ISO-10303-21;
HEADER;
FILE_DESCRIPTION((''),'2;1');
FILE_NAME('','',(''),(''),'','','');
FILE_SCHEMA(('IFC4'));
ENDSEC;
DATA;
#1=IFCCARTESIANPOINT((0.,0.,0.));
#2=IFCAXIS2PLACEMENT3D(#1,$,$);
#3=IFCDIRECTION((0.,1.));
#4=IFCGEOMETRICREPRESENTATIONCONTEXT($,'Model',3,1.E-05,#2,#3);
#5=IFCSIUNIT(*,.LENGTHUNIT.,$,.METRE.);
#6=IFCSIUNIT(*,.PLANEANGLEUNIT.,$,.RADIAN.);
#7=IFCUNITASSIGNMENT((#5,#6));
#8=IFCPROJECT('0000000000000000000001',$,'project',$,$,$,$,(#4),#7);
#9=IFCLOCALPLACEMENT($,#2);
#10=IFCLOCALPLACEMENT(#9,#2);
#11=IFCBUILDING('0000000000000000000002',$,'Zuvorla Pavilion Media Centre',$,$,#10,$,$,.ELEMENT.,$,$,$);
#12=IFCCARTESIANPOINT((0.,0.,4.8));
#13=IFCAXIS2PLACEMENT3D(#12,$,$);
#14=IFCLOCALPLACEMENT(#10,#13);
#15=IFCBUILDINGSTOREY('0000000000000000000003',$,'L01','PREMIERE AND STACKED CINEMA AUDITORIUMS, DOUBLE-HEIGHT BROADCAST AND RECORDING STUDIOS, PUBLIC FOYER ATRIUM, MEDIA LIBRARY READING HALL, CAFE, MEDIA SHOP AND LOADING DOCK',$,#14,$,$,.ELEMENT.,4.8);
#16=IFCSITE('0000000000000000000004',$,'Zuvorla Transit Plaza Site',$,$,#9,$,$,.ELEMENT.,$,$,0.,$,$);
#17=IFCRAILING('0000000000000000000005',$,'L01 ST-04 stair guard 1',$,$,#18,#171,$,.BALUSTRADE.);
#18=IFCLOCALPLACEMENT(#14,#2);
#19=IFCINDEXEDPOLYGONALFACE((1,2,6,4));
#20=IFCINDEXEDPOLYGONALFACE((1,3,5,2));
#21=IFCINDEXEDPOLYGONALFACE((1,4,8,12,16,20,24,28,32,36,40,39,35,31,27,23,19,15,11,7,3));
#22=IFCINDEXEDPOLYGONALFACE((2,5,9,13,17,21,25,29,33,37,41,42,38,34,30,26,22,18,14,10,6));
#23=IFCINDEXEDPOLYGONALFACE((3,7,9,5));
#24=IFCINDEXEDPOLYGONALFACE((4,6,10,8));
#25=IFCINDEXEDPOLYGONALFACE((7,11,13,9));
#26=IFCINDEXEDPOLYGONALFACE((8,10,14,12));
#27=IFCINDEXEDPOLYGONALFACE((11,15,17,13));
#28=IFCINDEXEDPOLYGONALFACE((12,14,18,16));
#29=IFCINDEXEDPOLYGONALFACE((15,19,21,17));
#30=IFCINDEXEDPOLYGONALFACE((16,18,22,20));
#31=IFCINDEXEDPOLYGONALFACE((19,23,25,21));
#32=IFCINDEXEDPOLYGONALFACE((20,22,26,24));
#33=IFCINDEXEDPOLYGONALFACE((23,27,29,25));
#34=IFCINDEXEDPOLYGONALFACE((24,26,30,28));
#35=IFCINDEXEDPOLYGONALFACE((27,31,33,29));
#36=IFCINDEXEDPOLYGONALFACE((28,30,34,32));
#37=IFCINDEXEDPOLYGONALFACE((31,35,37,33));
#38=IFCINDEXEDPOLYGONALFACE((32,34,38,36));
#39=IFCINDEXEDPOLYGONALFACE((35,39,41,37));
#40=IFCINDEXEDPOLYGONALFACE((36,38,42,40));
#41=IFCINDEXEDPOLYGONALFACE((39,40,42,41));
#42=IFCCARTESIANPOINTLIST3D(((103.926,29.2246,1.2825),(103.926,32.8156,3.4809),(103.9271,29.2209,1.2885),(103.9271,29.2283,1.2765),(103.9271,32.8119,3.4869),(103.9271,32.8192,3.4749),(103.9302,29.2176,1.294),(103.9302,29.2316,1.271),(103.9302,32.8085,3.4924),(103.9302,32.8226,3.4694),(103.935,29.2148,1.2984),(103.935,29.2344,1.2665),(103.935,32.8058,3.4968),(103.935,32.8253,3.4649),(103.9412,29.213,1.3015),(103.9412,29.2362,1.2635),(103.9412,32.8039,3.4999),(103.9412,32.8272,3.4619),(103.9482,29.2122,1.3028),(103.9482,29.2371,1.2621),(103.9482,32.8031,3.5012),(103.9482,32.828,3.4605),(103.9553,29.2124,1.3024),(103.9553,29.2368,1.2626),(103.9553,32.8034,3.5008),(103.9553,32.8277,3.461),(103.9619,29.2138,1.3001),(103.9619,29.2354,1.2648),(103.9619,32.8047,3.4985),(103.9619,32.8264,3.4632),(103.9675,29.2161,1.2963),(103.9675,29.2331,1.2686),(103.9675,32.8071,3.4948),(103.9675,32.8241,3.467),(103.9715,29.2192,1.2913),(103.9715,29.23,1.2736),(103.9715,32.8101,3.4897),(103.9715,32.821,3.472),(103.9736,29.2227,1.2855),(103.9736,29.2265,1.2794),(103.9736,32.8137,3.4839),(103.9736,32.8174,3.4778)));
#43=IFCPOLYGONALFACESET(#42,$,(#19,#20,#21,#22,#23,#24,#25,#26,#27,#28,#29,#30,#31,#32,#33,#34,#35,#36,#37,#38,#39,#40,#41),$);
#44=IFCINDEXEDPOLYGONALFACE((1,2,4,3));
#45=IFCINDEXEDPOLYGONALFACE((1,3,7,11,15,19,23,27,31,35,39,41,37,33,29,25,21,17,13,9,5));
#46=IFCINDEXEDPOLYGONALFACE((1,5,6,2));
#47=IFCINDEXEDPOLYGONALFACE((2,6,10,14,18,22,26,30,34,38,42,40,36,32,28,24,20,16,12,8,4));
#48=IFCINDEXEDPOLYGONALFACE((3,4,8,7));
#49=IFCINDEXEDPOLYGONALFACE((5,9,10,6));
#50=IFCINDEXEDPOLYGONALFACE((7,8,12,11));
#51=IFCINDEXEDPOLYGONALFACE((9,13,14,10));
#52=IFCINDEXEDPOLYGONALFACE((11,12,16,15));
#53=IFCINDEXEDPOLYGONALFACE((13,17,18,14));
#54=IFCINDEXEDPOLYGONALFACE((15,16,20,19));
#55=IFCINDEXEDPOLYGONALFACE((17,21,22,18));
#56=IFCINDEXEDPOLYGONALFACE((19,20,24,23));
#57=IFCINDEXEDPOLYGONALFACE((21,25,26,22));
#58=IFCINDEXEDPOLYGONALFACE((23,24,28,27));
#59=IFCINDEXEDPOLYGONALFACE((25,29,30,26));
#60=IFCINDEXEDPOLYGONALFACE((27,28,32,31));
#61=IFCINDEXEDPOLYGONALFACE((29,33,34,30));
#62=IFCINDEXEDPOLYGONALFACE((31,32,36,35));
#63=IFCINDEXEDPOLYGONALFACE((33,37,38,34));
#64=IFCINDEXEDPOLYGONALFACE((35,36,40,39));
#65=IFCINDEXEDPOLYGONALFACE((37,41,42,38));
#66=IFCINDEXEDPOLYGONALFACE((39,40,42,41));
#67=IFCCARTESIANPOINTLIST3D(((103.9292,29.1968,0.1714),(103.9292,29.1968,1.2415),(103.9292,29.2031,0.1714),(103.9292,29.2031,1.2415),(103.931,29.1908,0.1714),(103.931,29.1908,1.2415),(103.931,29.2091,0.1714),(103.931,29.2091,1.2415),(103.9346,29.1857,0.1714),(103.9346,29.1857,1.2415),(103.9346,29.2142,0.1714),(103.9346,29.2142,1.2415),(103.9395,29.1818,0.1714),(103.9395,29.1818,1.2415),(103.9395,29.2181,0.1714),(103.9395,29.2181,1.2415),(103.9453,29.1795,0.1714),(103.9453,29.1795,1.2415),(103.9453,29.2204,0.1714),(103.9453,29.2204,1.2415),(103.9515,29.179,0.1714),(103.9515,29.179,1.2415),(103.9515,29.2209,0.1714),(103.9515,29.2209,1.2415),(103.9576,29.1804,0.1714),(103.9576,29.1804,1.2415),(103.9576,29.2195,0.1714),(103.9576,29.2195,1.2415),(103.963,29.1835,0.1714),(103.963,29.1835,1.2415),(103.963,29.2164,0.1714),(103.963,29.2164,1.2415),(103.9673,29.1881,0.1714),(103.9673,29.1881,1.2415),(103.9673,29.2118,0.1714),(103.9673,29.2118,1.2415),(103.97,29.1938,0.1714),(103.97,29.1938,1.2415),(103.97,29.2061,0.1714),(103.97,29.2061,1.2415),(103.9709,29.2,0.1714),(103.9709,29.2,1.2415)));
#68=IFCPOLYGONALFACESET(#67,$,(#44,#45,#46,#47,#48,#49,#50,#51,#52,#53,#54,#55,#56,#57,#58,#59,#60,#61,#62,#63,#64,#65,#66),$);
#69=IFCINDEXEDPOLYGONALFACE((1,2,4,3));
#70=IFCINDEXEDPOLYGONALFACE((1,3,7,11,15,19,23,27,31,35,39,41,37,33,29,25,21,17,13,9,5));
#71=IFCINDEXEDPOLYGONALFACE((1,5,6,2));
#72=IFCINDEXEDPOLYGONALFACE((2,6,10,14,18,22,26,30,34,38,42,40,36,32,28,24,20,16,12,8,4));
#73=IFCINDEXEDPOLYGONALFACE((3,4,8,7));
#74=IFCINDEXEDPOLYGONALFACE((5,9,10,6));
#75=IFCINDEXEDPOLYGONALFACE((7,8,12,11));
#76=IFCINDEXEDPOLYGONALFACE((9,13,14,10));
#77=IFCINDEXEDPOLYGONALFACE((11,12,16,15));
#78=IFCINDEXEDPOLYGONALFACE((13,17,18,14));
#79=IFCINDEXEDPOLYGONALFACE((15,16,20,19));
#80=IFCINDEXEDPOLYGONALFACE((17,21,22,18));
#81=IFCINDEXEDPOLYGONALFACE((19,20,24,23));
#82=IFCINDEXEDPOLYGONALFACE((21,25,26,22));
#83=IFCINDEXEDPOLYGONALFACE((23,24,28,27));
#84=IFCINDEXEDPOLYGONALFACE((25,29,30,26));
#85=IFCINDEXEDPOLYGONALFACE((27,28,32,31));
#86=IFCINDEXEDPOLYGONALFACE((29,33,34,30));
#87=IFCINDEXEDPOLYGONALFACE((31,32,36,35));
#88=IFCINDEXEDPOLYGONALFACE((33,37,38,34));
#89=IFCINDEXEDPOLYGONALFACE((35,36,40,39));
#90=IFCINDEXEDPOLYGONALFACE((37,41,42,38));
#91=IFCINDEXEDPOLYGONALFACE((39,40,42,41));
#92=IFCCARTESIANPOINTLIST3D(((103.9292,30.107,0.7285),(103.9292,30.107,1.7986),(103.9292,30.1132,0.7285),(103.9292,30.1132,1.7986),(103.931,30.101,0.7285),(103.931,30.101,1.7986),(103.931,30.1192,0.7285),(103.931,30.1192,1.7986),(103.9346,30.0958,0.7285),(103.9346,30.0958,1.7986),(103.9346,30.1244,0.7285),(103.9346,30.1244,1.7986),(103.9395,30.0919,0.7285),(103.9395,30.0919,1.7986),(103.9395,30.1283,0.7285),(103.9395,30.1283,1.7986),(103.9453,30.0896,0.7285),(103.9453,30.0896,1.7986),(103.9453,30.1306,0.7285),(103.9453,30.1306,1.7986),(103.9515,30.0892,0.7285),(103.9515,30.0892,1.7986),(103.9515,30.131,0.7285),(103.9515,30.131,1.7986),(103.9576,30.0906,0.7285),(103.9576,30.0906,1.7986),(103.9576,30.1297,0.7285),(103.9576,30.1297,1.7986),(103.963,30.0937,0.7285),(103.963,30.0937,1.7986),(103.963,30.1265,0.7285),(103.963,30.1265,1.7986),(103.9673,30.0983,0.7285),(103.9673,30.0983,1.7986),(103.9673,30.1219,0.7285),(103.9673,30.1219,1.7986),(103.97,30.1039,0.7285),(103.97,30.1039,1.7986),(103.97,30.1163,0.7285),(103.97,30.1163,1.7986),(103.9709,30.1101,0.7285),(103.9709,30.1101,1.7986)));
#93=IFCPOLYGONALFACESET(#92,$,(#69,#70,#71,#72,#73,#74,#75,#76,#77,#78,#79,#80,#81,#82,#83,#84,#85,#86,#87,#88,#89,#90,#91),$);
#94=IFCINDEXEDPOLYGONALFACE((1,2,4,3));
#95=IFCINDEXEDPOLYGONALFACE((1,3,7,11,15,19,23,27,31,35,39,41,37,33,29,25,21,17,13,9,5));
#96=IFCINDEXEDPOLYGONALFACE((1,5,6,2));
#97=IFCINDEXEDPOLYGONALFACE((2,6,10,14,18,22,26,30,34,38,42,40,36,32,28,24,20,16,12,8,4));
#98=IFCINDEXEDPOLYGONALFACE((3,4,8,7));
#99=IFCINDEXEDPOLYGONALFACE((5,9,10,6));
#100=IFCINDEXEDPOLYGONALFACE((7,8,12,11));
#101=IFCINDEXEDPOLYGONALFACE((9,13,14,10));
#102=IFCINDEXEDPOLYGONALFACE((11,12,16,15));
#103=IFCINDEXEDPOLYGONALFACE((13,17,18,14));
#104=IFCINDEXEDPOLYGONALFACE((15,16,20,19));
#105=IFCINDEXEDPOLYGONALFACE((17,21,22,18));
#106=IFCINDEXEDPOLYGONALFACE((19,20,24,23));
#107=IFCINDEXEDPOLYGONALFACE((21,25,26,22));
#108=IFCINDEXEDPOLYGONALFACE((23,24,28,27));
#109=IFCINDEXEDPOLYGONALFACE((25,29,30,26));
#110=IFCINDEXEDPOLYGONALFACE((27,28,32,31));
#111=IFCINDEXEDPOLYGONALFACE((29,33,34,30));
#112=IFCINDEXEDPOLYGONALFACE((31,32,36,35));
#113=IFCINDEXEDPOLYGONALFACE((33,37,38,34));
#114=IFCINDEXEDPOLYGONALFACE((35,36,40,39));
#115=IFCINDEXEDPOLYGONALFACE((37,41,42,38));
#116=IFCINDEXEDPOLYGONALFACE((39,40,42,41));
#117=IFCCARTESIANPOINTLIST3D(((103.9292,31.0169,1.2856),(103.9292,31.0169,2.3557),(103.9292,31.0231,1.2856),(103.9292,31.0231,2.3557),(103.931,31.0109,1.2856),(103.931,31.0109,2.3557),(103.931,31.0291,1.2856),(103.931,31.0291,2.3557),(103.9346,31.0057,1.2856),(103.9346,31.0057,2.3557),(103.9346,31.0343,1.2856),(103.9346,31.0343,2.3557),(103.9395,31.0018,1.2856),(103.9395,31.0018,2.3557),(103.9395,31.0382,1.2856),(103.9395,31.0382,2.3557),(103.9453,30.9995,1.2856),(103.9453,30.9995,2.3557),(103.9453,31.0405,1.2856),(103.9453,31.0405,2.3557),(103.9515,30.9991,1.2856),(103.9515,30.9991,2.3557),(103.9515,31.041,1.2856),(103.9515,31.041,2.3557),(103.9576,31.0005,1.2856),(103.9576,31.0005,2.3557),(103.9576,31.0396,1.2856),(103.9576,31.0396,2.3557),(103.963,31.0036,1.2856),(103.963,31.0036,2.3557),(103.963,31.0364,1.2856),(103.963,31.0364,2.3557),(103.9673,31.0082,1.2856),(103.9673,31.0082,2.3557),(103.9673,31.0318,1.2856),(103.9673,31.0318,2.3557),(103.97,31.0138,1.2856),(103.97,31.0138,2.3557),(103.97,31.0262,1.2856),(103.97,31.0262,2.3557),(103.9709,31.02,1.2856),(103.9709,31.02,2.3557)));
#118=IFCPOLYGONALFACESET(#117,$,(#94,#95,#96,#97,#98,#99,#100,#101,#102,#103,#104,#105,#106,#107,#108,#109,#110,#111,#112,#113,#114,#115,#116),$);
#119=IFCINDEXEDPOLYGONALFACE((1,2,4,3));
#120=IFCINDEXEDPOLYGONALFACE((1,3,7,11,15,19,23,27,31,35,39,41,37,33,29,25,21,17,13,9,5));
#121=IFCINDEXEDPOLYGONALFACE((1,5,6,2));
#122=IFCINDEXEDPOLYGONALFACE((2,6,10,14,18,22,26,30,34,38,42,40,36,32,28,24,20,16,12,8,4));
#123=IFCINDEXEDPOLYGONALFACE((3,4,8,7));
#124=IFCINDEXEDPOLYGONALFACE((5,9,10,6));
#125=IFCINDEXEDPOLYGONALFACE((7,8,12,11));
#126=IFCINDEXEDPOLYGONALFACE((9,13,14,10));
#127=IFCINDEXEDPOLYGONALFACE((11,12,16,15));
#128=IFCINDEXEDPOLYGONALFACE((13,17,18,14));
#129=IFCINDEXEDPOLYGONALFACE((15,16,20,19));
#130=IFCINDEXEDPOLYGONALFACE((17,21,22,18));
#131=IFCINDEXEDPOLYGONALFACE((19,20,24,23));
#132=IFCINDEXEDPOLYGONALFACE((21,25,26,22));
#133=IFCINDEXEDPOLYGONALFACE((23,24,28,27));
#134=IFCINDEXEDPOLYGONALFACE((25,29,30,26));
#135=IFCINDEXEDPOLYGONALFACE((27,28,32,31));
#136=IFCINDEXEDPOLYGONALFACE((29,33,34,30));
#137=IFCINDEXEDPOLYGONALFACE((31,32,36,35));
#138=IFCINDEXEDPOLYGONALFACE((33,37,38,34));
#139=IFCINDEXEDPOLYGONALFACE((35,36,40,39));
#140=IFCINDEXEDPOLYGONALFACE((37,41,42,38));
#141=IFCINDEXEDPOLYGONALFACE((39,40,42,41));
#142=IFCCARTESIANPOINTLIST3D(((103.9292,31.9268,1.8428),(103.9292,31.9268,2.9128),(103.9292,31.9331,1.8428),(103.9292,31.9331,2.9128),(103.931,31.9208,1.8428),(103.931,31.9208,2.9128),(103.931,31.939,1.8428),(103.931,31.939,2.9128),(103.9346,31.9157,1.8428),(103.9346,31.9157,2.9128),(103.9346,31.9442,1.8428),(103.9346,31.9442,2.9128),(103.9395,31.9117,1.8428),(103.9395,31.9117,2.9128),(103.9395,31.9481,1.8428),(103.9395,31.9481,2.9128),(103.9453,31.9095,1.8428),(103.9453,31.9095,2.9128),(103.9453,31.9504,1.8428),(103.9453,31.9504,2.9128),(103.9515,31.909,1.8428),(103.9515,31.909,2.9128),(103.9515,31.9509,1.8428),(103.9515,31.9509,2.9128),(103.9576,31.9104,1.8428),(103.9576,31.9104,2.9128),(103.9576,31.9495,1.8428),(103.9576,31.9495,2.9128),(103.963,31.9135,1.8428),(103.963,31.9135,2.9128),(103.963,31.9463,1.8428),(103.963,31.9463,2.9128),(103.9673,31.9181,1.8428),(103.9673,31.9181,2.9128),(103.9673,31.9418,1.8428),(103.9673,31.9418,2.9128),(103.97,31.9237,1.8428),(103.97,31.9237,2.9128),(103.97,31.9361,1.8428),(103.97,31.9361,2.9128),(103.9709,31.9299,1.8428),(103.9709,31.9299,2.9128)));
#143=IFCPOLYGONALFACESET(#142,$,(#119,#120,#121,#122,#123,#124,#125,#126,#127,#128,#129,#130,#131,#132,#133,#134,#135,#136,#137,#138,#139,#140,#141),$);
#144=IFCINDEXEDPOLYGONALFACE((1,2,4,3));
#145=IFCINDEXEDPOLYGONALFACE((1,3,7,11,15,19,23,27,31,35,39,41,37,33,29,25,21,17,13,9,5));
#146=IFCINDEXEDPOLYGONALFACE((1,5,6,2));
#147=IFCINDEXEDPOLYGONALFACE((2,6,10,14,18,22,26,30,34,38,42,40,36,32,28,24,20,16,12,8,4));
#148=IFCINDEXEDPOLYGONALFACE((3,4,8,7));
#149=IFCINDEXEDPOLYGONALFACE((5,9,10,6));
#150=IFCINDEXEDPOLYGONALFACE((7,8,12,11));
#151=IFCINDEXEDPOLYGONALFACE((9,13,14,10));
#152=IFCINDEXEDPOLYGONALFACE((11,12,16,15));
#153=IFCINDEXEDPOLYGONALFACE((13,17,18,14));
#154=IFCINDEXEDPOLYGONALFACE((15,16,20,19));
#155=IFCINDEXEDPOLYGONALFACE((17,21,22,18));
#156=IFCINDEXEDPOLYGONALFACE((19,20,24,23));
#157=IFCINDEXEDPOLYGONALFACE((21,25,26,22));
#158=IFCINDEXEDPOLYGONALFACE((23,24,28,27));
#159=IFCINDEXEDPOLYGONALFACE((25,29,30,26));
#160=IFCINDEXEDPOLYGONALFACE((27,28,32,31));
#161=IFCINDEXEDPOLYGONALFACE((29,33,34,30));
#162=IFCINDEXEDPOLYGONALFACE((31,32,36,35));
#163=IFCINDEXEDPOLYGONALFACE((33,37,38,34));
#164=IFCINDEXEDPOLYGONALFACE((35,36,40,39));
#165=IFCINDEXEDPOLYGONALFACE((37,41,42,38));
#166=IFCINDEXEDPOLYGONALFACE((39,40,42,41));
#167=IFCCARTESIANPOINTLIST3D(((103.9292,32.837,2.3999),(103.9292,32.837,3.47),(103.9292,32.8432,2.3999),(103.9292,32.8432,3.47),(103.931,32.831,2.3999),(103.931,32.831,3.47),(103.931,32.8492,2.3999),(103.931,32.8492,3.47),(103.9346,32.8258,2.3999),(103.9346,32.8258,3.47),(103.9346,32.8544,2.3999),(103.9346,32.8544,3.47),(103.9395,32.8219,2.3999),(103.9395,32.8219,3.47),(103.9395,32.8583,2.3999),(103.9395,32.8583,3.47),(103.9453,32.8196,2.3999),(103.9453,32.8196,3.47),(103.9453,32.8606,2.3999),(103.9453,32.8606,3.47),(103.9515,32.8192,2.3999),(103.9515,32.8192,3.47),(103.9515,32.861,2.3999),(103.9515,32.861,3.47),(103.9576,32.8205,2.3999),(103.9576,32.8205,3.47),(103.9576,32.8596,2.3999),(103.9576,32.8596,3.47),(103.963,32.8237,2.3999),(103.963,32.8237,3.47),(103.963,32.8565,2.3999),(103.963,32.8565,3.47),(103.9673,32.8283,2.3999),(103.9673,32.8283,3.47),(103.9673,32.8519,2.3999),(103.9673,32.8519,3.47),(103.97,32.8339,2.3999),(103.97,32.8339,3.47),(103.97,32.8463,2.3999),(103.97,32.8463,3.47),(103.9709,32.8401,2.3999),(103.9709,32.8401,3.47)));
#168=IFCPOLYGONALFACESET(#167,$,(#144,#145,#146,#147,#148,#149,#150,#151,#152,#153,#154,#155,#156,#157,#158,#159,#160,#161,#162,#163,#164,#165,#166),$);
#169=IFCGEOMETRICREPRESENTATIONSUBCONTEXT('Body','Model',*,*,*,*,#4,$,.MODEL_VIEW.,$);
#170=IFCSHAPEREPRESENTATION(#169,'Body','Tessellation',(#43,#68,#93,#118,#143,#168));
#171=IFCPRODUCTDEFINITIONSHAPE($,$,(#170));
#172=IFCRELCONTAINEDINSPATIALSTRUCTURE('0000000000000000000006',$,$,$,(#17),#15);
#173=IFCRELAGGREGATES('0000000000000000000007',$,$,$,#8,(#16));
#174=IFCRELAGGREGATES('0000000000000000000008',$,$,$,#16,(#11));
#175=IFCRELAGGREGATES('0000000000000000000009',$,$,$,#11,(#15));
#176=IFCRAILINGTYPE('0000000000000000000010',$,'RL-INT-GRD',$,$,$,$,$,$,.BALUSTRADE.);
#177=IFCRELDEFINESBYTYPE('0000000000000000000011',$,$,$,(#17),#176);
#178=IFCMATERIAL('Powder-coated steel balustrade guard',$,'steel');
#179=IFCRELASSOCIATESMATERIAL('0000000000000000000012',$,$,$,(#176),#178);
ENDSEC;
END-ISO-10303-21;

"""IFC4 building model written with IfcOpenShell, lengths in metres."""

from ifc_helpers import new_model, si_unit, direction, frame, origin, origin_2d, place, context, subcontext, project, spatial, circle, extrude, material, type_object, element, save


model = new_model("IFC4")

# Units and contexts
model_context = context("Model", 3, precision=1e-05, world=origin(), true_north=direction((0.0, 1.0)))
body_context = subcontext(model_context, "Body", "Model", "MODEL_VIEW")
ifc_project = project(units=[si_unit("LENGTHUNIT", "METRE"), si_unit("PLANEANGLEUNIT", "RADIAN")], contexts=[model_context])

# Site, building, storey
site_placement = place(None, origin())
site = spatial("IfcSite", under=ifc_project, at=site_placement, Name="Zuvorla Transit Plaza Site", CompositionType="ELEMENT", RefElevation=0.0)
building_placement = place(site_placement, origin())
building = spatial("IfcBuilding", under=site, at=building_placement, Name="Zuvorla Pavilion Media Centre", CompositionType="ELEMENT")
storey_placement = place(building_placement, frame((0.0, 0.0, 4.8)))
storey = spatial("IfcBuildingStorey", under=building, at=storey_placement, Name="L01", Description="PREMIERE AND STACKED CINEMA AUDITORIUMS, DOUBLE-HEIGHT BROADCAST AND RECORDING STUDIOS, PUBLIC FOYER ATRIUM, MEDIA LIBRARY READING HALL, CAFE, MEDIA SHOP AND LOADING DOCK", CompositionType="ELEMENT", Elevation=4.8)

# Railing
ifc_material_1 = material(Name="Powder-coated steel balustrade guard", Category="steel")
railing_type_1 = type_object("IfcRailingType", Name="RL-INT-GRD", PredefinedType="BALUSTRADE", material=ifc_material_1)
railing_1_placement = place(storey_placement, frame((103.95, 29.2, 0.1714)))
element("IfcRailing", 1, at=railing_1_placement, inside=storey, type_object=railing_type_1, Name="L01 ST-04 stair guard 1", PredefinedType="BALUSTRADE", context=body_context, shape_type="SweptSolid", body=[
    extrude(circle(Radius=0.0239, at=origin_2d()), frame((0.0, 0.0247, 1.1111), z_axis=(0.0, 0.852866, 0.52213), x_axis=(-1.0, 0.0, 0.0)), (0.0, 0.0, 1.0), 4.2104),
    extrude(circle(Radius=0.021, at=origin_2d()), origin(), (0.0, 0.0, 1.0), 1.0701),
    extrude(circle(Radius=0.021, at=origin_2d()), frame((0.0, 0.9102, 0.5571)), (0.0, 0.0, 1.0), 1.0701),
    extrude(circle(Radius=0.021, at=origin_2d()), frame((0.0, 1.8201, 1.1143)), (0.0, 0.0, 1.0), 1.0701),
    extrude(circle(Radius=0.021, at=origin_2d()), frame((0.0, 2.73, 1.6714)), (0.0, 0.0, 1.0), 1.0701),
    extrude(circle(Radius=0.021, at=origin_2d()), frame((0.0, 3.6401, 2.2285)), (0.0, 0.0, 1.0), 1.0701),
])

save(model, "model.ifc")
